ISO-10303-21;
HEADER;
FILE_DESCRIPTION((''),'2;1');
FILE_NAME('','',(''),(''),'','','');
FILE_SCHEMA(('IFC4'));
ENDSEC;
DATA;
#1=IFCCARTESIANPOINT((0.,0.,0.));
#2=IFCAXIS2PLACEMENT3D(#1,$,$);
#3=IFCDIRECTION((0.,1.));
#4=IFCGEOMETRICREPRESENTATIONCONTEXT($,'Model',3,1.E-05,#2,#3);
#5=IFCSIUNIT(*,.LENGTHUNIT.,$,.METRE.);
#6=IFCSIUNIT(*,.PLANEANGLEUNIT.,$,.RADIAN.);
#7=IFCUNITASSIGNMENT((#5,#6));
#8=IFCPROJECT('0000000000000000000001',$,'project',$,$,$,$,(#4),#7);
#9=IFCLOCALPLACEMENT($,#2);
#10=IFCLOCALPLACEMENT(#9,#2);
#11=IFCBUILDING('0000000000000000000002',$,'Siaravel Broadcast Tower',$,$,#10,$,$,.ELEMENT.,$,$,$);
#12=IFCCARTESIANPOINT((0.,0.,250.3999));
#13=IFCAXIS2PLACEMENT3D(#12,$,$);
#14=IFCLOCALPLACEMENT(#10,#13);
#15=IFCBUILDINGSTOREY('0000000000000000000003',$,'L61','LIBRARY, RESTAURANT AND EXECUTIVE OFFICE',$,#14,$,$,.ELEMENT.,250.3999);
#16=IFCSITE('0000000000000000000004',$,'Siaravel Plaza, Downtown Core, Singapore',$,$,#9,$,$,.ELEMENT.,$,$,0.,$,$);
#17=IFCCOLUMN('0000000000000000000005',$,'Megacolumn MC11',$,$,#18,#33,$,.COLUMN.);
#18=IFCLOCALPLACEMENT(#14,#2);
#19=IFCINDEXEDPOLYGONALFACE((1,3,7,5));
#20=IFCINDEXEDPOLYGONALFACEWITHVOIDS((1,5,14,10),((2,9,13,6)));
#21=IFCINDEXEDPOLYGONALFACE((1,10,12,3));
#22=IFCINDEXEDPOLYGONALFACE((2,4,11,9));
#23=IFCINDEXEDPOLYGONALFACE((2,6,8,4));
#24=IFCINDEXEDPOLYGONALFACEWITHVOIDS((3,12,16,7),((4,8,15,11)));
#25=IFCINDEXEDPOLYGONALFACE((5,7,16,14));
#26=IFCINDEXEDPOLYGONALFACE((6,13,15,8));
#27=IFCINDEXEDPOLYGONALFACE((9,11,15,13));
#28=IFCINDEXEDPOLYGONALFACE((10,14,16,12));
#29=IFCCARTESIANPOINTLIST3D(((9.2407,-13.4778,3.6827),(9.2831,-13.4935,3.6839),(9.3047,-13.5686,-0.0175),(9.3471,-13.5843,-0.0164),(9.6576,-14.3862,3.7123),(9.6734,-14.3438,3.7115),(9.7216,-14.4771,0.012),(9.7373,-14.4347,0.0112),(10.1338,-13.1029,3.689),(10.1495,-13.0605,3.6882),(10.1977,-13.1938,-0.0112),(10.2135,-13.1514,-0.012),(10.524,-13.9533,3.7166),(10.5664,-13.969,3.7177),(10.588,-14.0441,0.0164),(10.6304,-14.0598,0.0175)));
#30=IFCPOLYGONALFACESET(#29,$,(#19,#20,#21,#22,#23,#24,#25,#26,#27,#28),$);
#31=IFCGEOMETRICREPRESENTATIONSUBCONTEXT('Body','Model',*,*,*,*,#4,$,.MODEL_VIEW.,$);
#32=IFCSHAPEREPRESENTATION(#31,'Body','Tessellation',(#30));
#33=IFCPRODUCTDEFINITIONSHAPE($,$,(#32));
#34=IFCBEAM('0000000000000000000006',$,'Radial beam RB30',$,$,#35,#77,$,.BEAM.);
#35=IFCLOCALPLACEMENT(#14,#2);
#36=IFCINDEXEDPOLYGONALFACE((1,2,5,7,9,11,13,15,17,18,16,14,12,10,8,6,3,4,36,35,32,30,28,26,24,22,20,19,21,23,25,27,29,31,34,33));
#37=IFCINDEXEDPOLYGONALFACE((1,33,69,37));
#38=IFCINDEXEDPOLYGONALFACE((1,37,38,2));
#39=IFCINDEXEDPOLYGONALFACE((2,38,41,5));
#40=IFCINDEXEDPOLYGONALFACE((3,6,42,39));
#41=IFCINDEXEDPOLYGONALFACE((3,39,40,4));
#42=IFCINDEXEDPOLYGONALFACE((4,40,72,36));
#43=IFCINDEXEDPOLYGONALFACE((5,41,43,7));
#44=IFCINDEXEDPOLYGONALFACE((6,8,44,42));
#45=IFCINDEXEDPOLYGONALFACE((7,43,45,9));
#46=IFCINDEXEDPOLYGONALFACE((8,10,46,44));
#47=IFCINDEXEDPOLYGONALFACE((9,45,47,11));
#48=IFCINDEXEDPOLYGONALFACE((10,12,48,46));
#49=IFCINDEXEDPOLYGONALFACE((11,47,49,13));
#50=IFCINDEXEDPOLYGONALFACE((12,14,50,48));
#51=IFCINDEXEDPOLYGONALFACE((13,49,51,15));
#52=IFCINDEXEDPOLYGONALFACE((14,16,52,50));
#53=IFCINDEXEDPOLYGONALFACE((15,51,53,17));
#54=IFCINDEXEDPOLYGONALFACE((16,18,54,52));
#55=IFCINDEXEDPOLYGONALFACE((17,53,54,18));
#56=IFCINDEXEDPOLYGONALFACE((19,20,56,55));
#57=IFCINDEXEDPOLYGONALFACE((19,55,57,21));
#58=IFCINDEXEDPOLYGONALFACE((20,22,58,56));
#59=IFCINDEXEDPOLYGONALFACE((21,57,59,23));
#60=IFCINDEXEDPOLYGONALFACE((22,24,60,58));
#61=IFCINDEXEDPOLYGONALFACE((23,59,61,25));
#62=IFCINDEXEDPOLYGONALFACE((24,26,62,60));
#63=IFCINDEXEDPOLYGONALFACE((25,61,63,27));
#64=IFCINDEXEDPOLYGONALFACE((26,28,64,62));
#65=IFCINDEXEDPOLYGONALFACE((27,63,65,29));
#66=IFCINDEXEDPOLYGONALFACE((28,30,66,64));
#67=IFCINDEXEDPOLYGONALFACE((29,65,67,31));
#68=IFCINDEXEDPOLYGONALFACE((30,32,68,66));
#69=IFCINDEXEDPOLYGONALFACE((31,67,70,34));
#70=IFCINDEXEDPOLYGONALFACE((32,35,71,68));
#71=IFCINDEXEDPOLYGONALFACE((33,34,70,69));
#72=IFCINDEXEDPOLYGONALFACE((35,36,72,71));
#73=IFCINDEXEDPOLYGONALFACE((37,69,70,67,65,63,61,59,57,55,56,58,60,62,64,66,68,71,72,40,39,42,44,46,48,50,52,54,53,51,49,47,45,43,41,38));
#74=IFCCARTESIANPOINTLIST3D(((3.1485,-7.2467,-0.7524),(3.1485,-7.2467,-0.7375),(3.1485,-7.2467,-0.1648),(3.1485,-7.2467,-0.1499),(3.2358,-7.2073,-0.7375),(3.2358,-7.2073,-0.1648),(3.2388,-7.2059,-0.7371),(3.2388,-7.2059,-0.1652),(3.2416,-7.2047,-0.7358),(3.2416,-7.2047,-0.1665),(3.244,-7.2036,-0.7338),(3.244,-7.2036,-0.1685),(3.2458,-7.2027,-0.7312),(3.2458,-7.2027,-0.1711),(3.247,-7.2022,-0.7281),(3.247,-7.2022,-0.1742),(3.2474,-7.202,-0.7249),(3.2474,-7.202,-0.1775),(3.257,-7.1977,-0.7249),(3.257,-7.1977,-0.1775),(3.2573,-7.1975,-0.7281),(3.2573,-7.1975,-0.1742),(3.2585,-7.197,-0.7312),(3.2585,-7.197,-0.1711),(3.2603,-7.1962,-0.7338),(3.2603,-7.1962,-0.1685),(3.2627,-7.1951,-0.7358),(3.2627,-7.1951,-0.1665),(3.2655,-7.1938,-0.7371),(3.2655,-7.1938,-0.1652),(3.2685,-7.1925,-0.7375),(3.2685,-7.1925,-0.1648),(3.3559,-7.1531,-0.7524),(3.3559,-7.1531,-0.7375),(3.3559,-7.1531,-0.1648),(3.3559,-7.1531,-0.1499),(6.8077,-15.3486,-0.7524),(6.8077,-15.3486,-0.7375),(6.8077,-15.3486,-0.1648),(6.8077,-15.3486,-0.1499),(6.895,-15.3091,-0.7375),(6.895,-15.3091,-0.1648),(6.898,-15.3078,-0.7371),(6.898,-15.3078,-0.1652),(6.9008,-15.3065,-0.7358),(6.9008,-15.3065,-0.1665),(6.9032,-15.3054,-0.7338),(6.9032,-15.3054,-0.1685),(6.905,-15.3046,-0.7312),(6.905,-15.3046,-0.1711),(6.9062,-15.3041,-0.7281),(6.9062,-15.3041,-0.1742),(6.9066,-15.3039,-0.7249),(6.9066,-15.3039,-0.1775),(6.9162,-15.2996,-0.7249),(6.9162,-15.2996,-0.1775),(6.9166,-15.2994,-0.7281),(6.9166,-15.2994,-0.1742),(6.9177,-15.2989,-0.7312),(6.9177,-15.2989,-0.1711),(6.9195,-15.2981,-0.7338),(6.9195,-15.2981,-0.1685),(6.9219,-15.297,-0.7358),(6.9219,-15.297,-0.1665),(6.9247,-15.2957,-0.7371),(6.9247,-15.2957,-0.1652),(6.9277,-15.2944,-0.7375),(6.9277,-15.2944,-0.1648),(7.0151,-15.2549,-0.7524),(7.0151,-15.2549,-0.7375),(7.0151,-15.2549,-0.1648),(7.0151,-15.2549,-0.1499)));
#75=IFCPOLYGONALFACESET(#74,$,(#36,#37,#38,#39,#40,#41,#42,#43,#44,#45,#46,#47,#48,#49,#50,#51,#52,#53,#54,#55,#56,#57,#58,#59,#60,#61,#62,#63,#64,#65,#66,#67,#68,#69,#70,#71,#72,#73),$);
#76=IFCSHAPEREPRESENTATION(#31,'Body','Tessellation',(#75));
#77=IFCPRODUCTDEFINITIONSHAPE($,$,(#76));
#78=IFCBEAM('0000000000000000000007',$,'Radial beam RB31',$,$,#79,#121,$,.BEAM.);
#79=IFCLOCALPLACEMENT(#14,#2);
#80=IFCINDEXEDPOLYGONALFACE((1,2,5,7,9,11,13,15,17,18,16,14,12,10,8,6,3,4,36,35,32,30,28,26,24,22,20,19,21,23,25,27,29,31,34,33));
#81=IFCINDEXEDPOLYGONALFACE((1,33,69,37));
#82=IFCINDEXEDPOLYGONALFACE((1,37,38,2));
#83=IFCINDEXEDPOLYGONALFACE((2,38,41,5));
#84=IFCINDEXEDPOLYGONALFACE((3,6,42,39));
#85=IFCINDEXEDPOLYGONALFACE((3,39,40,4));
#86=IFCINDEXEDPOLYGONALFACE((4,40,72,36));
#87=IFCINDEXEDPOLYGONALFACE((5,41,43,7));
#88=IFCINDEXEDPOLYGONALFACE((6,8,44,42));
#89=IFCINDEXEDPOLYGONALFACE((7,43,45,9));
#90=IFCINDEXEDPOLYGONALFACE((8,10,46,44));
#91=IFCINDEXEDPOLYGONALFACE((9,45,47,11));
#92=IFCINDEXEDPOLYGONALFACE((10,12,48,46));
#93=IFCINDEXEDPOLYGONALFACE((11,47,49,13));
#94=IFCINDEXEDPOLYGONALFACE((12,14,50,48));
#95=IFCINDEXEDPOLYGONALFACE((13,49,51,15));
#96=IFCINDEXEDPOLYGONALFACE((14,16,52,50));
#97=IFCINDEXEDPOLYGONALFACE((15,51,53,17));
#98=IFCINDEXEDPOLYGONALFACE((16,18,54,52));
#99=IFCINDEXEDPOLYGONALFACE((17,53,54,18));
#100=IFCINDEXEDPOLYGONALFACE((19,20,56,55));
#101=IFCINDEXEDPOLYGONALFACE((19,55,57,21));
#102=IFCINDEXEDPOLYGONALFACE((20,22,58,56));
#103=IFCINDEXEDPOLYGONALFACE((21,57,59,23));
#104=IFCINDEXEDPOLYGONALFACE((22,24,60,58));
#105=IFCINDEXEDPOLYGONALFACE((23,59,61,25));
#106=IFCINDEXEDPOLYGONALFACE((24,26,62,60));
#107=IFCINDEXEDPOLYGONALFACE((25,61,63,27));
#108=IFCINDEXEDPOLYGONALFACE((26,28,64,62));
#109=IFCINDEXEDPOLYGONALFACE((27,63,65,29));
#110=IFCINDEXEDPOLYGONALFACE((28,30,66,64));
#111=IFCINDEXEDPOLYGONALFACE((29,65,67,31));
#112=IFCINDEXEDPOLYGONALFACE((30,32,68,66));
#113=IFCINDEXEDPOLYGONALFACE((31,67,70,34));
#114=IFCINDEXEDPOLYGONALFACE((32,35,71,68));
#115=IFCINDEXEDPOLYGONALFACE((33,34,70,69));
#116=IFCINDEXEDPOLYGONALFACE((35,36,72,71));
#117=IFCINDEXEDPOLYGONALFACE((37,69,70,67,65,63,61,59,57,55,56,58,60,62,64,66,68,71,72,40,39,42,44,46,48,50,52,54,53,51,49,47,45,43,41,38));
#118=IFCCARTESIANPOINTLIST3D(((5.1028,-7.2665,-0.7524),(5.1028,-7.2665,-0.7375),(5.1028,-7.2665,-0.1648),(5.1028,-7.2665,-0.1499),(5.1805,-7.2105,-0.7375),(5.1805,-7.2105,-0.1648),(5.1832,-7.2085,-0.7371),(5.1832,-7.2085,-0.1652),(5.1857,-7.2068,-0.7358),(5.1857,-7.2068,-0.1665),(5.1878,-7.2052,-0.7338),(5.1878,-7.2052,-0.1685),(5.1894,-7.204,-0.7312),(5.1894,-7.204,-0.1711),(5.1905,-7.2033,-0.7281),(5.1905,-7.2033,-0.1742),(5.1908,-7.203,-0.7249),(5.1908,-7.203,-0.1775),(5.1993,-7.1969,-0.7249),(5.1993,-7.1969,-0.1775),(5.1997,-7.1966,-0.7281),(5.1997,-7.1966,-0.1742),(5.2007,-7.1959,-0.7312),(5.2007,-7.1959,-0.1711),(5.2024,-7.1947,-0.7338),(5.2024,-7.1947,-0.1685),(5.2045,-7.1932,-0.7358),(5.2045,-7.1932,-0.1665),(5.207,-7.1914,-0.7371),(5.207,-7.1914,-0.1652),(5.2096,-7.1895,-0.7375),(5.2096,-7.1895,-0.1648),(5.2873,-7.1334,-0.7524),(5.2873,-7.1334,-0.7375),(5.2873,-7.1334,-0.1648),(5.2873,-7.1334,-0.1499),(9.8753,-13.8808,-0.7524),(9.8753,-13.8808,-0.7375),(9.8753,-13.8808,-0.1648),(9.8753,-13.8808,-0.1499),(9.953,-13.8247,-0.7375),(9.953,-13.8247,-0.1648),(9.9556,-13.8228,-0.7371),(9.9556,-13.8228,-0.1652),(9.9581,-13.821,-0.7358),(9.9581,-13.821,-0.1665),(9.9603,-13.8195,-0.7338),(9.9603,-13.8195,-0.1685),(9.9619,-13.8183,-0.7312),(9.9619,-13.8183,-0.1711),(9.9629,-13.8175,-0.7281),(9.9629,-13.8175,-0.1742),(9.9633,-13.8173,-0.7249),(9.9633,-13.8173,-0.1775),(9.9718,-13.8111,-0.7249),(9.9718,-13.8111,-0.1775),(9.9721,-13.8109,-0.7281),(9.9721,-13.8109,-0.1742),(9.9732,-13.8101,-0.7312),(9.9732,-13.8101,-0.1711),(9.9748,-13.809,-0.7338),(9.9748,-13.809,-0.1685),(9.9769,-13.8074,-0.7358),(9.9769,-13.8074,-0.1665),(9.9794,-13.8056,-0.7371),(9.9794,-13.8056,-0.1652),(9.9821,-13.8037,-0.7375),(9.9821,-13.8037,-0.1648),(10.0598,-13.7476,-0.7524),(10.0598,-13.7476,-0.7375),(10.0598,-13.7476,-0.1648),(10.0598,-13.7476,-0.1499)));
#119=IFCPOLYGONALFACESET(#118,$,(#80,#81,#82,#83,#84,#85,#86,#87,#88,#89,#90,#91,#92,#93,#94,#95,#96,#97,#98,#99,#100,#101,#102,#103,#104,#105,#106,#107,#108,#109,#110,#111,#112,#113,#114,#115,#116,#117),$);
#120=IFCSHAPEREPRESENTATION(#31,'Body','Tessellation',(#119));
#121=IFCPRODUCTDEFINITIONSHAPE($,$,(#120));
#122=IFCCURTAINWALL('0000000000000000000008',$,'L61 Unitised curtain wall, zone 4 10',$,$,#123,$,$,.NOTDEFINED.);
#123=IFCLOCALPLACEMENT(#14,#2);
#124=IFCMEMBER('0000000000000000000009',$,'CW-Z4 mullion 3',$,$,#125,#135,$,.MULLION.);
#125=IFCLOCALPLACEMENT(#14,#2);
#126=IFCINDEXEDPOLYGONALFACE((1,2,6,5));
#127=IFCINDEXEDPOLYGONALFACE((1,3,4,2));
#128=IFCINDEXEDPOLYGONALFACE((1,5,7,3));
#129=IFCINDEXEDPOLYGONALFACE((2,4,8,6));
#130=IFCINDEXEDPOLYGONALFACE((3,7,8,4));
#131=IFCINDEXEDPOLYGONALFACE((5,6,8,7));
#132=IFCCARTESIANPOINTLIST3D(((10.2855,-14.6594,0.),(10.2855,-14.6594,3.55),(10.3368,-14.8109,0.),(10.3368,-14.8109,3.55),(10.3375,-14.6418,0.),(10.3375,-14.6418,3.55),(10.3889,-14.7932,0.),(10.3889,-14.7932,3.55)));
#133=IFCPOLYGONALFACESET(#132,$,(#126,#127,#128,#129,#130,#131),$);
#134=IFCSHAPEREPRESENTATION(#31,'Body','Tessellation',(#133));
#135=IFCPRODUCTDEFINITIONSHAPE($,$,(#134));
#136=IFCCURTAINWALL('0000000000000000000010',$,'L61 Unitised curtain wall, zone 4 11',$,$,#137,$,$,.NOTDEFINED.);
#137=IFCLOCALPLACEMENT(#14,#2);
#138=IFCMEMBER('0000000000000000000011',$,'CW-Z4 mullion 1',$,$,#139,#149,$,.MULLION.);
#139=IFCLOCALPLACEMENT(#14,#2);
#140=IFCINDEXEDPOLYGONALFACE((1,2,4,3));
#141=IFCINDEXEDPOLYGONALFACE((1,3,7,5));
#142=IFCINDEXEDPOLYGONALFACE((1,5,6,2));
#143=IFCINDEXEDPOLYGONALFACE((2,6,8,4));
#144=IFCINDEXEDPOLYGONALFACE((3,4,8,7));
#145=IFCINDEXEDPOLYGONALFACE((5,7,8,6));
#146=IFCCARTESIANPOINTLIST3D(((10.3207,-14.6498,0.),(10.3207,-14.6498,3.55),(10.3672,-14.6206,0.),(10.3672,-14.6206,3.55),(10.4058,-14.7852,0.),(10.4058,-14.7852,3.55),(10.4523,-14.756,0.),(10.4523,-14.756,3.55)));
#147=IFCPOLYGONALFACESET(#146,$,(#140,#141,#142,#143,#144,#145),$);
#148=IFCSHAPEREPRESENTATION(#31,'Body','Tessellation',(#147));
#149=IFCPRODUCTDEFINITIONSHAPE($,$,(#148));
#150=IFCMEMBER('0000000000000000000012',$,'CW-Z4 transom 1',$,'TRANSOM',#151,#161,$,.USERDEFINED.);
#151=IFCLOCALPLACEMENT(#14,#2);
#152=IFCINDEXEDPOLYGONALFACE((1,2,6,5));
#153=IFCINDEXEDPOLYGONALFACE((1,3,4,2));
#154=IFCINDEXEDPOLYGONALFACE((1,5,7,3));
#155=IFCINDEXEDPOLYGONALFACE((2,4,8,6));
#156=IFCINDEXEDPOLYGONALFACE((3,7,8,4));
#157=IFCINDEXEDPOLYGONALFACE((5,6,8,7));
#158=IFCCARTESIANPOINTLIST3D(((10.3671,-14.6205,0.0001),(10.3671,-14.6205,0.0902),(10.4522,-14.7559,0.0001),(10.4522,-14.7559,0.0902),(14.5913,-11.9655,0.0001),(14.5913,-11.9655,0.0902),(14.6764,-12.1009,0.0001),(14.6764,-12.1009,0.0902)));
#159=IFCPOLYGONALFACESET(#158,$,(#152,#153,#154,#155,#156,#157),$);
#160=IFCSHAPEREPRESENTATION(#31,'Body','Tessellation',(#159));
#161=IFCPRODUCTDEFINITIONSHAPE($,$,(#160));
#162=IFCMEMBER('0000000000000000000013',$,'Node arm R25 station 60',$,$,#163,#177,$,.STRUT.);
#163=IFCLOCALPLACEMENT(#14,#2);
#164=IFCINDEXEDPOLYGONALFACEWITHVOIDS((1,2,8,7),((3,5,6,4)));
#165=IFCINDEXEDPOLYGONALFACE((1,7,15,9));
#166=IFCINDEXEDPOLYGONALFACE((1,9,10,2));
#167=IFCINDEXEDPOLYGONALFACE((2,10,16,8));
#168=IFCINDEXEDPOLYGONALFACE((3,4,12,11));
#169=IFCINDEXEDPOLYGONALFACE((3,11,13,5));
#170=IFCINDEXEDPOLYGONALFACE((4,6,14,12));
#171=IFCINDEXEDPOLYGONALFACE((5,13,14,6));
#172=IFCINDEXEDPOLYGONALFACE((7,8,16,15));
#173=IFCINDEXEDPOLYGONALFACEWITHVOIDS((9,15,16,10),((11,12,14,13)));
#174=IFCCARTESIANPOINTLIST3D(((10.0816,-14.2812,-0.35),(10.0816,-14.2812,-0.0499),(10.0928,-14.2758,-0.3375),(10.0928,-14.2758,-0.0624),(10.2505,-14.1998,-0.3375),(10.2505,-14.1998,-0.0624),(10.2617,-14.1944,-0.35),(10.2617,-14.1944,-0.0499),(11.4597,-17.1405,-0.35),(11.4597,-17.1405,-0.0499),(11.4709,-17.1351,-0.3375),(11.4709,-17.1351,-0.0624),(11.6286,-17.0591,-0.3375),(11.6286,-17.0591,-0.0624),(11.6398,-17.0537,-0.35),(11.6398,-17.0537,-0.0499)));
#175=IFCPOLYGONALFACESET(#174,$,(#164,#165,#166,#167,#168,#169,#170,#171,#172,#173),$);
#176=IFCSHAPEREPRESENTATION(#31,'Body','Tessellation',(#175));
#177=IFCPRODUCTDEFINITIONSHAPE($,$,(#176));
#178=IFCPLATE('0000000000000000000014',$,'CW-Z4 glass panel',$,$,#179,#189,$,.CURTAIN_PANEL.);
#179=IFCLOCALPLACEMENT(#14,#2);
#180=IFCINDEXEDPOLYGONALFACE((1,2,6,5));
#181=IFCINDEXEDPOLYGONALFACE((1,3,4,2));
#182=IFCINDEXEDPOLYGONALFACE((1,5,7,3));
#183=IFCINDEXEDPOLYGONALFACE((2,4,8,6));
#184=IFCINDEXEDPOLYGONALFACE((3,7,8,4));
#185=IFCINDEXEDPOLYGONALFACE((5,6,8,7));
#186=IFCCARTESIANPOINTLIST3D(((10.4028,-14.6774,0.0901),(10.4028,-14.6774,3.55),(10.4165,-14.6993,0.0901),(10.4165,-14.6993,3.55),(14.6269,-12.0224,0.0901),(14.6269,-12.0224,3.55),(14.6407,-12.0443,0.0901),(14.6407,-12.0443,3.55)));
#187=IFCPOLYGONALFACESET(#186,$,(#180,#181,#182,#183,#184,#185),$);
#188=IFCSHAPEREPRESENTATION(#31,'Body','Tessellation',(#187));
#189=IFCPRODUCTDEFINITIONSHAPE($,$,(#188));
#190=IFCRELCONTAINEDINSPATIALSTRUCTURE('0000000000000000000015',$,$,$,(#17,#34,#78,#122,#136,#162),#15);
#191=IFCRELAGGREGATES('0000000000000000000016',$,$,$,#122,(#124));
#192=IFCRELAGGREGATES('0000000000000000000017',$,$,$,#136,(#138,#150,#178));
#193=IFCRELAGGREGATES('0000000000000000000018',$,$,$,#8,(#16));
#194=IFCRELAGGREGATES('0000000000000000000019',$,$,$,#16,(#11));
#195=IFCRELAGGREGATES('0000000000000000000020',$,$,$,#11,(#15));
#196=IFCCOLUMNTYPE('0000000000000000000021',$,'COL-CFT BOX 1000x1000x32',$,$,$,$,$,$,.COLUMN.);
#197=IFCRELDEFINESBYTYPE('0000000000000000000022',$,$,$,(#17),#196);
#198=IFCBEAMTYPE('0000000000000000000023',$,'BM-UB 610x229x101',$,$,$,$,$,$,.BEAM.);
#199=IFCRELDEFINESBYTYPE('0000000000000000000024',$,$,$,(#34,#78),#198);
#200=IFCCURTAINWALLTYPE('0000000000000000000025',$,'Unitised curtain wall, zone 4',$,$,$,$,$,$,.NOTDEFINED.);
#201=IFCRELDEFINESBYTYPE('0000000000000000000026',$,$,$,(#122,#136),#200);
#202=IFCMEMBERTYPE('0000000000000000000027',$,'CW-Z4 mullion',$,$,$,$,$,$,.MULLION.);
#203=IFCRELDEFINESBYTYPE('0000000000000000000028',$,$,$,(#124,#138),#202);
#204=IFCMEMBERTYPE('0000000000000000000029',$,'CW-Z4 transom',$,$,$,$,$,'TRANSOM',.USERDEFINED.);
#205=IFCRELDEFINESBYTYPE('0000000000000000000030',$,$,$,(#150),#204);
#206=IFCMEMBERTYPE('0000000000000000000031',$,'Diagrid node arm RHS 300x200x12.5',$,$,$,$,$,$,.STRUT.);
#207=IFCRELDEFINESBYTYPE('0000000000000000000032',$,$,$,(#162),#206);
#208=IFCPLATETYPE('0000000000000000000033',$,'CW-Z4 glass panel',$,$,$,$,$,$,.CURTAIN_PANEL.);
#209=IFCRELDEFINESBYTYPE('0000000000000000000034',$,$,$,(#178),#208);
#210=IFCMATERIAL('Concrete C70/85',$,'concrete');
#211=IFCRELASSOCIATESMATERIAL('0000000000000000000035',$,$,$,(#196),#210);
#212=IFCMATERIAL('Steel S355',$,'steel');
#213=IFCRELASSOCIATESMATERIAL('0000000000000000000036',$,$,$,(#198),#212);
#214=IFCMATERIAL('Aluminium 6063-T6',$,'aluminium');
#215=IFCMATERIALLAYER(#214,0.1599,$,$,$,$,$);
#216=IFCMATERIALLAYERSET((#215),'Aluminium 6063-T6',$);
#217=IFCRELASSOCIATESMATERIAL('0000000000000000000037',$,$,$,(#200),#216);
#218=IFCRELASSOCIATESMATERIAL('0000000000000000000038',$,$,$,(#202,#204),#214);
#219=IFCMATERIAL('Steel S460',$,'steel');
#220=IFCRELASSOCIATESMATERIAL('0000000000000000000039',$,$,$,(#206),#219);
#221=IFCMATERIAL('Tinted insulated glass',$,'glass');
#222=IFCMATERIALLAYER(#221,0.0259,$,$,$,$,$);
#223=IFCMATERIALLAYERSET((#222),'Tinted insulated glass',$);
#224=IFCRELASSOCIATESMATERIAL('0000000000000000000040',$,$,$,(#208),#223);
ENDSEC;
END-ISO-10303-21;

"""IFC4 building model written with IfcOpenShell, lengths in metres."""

from ifc_helpers import new_model, si_unit, direction, frame, origin, origin_2d, place, context, subcontext, project, spatial, rectangle, hollow_rectangle, i_section, extrude, material, layer, layer_set, material_profile, profile_set, type_object, element, aggregate, save


model = new_model("IFC4")

# Units and contexts
model_context = context("Model", 3, precision=1e-05, world=origin(), true_north=direction((0.0, 1.0)))
body_context = subcontext(model_context, "Body", "Model", "MODEL_VIEW")
ifc_project = project(units=[si_unit("LENGTHUNIT", "METRE"), si_unit("PLANEANGLEUNIT", "RADIAN")], contexts=[model_context])

# Site, building, storey
site_placement = place(None, origin())
site = spatial("IfcSite", under=ifc_project, at=site_placement, Name="Siaravel Plaza, Downtown Core, Singapore", CompositionType="ELEMENT", RefElevation=0.0)
building_placement = place(site_placement, origin())
building = spatial("IfcBuilding", under=site, at=building_placement, Name="Siaravel Broadcast Tower", CompositionType="ELEMENT")
storey_placement = place(building_placement, frame((0.0, 0.0, 250.3999)))
storey = spatial("IfcBuildingStorey", under=building, at=storey_placement, Name="L61", Description="LIBRARY, RESTAURANT AND EXECUTIVE OFFICE", CompositionType="ELEMENT", Elevation=250.3999)

# Column
ifc_material_1 = material(Name="Concrete C70/85", Category="concrete")
ifc_material_profile_1 = material_profile(ifc_material_1, hollow_rectangle(XDim=1.0, YDim=1.0, WallThickness=0.032, at=origin_2d()))
ifc_profile_set_1 = profile_set([ifc_material_profile_1], Name="Concrete C70/85")
column_type = type_object("IfcColumnType", Name="COL-CFT BOX 1000x1000x32", PredefinedType="COLUMN", material=ifc_profile_set_1)
column_placement = place(storey_placement, frame((9.9675, -13.8142, 0.0), z_axis=(-0.017279, 0.024534, 0.99955), x_axis=(-0.908788, -0.417222, -0.00547)))
element("IfcColumn", 1, at=column_placement, inside=storey, type_object=column_type, Name="Megacolumn MC11", PredefinedType="COLUMN", context=body_context, shape_type="SweptSolid", body=[
    extrude(hollow_rectangle(XDim=1.0, YDim=1.0, WallThickness=0.032, at=origin_2d()), origin(), (0.0, 0.0, 1.0), 3.7019),
])

# Beams
ifc_material_2 = material(Name="Steel S355", Category="steel")
ifc_material_profile_2 = material_profile(ifc_material_2, i_section(OverallWidth=0.2275, OverallDepth=0.6025, WebThickness=0.0105, FlangeThickness=0.0149, FilletRadius=0.0127, at=origin_2d()))
ifc_profile_set_2 = profile_set([ifc_material_profile_2], Name="Steel S355")
beam_type = type_object("IfcBeamType", Name="BM-UB 610x229x101", PredefinedType="BEAM", material=ifc_profile_set_2)
beam_1_placement = place(storey_placement, frame((6.9114, -15.3018, -0.4512), z_axis=(-0.411615, 0.911358, 0.0), x_axis=(-0.911358, -0.411615, 0.0)))
element("IfcBeam", 2, at=beam_1_placement, inside=storey, type_object=beam_type, Name="Radial beam RB30", PredefinedType="BEAM", context=body_context, shape_type="SweptSolid", body=[
    extrude(i_section(OverallWidth=0.2275, OverallDepth=0.6025, WebThickness=0.0105, FlangeThickness=0.0149, FilletRadius=0.0127, at=origin_2d()), origin(), (0.0, 0.0, 1.0), 8.8899),
])
beam_2_placement = place(storey_placement, frame((9.9675, -13.8142, -0.4512), z_axis=(-0.585128, 0.810941, 0.0), x_axis=(-0.810941, -0.585128, 0.0)))
element("IfcBeam", 3, at=beam_2_placement, inside=storey, type_object=beam_type, Name="Radial beam RB31", PredefinedType="BEAM", context=body_context, shape_type="SweptSolid", body=[
    extrude(i_section(OverallWidth=0.2275, OverallDepth=0.6025, WebThickness=0.0105, FlangeThickness=0.0149, FilletRadius=0.0127, at=origin_2d()), origin(), (0.0, 0.0, 1.0), 8.1562),
])

# Curtain wall, member
ifc_material_3 = material(Name="Aluminium 6063-T6", Category="aluminium")
ifc_layer_1 = layer(ifc_material_3, 0.1599)
ifc_layer_set_1 = layer_set([ifc_layer_1], Name="Aluminium 6063-T6")
curtain_wall_type = type_object("IfcCurtainWallType", Name="Unitised curtain wall, zone 4", PredefinedType="NOTDEFINED", material=ifc_layer_set_1)
curtain_wall_1_placement = place(storey_placement, origin())
curtain_wall_1 = element("IfcCurtainWall", 4, at=curtain_wall_1_placement, inside=storey, type_object=curtain_wall_type, Name="L61 Unitised curtain wall, zone 4 10", PredefinedType="NOTDEFINED")
ifc_material_profile_3 = material_profile(ifc_material_3, rectangle(XDim=0.1599, YDim=0.0549, at=origin_2d()))
ifc_profile_set_3 = profile_set([ifc_material_profile_3], Name="Aluminium 6063-T6")
member_type_1 = type_object("IfcMemberType", Name="CW-Z4 mullion", PredefinedType="MULLION", material=ifc_profile_set_3)
member_1_placement = place(storey_placement, frame((10.3372, -14.7263, 0.0), z_axis=(0.0, 0.0, 1.0), x_axis=(-0.321302, 0.946977, 0.0)))
member_1 = element("IfcMember", 5, at=member_1_placement, type_object=member_type_1, Name="CW-Z4 mullion 3", PredefinedType="MULLION", context=body_context, shape_type="SweptSolid", body=[
    extrude(rectangle(XDim=0.1599, YDim=0.0549, at=origin_2d()), origin(), (0.0, 0.0, 1.0), 3.55),
])
aggregate(curtain_wall_1, [member_1])

# Curtain wall, members
curtain_wall_2_placement = place(storey_placement, origin())
curtain_wall_2 = element("IfcCurtainWall", 6, at=curtain_wall_2_placement, inside=storey, type_object=curtain_wall_type, Name="L61 Unitised curtain wall, zone 4 11", PredefinedType="NOTDEFINED")
member_2_placement = place(storey_placement, frame((10.3865, -14.7029, 0.0), z_axis=(0.0, 0.0, 1.0), x_axis=(-0.532151, 0.84665, 0.0)))
member_2 = element("IfcMember", 7, at=member_2_placement, type_object=member_type_1, Name="CW-Z4 mullion 1", PredefinedType="MULLION", context=body_context, shape_type="SweptSolid", body=[
    extrude(rectangle(XDim=0.1599, YDim=0.0549, at=origin_2d()), origin(), (0.0, 0.0, 1.0), 3.55),
])
ifc_material_profile_4 = material_profile(ifc_material_3, rectangle(XDim=0.1599, YDim=0.0901, at=origin_2d()))
ifc_profile_set_4 = profile_set([ifc_material_profile_4], Name="Aluminium 6063-T6")
member_type_2 = type_object("IfcMemberType", Name="CW-Z4 transom", ElementType="TRANSOM", PredefinedType="USERDEFINED", material=ifc_profile_set_4)
member_3_placement = place(storey_placement, frame((10.4097, -14.6882, 0.0452), z_axis=(0.846649, 0.532153, 0.0), x_axis=(-0.532153, 0.846649, 0.0)))
member_3 = element("IfcMember", 8, at=member_3_placement, type_object=member_type_2, Name="CW-Z4 transom 1", ObjectType="TRANSOM", PredefinedType="USERDEFINED", context=body_context, shape_type="SweptSolid", body=[
    extrude(rectangle(XDim=0.1599, YDim=0.0901, at=origin_2d()), origin(), (0.0, 0.0, 1.0), 4.9893),
])

# Member
ifc_material_4 = material(Name="Steel S460", Category="steel")
ifc_material_profile_5 = material_profile(ifc_material_4, hollow_rectangle(XDim=0.2, YDim=0.3, WallThickness=0.0125, at=origin_2d()))
ifc_profile_set_5 = profile_set([ifc_material_profile_5], Name="Steel S460")
member_type_3 = type_object("IfcMemberType", Name="Diagrid node arm RHS 300x200x12.5", PredefinedType="STRUT", material=ifc_profile_set_5)
member_4_placement = place(storey_placement, frame((10.1716, -14.2378, -0.2), z_axis=(0.434183, -0.900825, 0.0), x_axis=(0.900825, 0.434183, 0.0)))
element("IfcMember", 9, at=member_4_placement, inside=storey, type_object=member_type_3, Name="Node arm R25 station 60", PredefinedType="STRUT", context=body_context, shape_type="SweptSolid", body=[
    extrude(hollow_rectangle(XDim=0.2, YDim=0.3, WallThickness=0.0125, at=origin_2d()), origin(), (0.0, 0.0, 1.0), 3.1741),
])

# Plate
ifc_material_5 = material(Name="Tinted insulated glass", Category="glass")
ifc_layer_2 = layer(ifc_material_5, 0.0259)
ifc_layer_set_2 = layer_set([ifc_layer_2], Name="Tinted insulated glass")
plate_type = type_object("IfcPlateType", Name="CW-Z4 glass panel", PredefinedType="CURTAIN_PANEL", material=ifc_layer_set_2)
plate_placement = place(storey_placement, frame((12.5217, -13.3608, 0.0901), z_axis=(0.0, 0.0, 1.0), x_axis=(0.84665, 0.532151, 0.0)))
plate = element("IfcPlate", 10, at=plate_placement, type_object=plate_type, Name="CW-Z4 glass panel", PredefinedType="CURTAIN_PANEL", context=body_context, shape_type="SweptSolid", body=[
    extrude(rectangle(XDim=4.9893, YDim=0.0259, at=origin_2d()), origin(), (0.0, 0.0, 1.0), 3.46),
])
aggregate(curtain_wall_2, [member_2, member_3, plate])

save(model, "model.ifc")
